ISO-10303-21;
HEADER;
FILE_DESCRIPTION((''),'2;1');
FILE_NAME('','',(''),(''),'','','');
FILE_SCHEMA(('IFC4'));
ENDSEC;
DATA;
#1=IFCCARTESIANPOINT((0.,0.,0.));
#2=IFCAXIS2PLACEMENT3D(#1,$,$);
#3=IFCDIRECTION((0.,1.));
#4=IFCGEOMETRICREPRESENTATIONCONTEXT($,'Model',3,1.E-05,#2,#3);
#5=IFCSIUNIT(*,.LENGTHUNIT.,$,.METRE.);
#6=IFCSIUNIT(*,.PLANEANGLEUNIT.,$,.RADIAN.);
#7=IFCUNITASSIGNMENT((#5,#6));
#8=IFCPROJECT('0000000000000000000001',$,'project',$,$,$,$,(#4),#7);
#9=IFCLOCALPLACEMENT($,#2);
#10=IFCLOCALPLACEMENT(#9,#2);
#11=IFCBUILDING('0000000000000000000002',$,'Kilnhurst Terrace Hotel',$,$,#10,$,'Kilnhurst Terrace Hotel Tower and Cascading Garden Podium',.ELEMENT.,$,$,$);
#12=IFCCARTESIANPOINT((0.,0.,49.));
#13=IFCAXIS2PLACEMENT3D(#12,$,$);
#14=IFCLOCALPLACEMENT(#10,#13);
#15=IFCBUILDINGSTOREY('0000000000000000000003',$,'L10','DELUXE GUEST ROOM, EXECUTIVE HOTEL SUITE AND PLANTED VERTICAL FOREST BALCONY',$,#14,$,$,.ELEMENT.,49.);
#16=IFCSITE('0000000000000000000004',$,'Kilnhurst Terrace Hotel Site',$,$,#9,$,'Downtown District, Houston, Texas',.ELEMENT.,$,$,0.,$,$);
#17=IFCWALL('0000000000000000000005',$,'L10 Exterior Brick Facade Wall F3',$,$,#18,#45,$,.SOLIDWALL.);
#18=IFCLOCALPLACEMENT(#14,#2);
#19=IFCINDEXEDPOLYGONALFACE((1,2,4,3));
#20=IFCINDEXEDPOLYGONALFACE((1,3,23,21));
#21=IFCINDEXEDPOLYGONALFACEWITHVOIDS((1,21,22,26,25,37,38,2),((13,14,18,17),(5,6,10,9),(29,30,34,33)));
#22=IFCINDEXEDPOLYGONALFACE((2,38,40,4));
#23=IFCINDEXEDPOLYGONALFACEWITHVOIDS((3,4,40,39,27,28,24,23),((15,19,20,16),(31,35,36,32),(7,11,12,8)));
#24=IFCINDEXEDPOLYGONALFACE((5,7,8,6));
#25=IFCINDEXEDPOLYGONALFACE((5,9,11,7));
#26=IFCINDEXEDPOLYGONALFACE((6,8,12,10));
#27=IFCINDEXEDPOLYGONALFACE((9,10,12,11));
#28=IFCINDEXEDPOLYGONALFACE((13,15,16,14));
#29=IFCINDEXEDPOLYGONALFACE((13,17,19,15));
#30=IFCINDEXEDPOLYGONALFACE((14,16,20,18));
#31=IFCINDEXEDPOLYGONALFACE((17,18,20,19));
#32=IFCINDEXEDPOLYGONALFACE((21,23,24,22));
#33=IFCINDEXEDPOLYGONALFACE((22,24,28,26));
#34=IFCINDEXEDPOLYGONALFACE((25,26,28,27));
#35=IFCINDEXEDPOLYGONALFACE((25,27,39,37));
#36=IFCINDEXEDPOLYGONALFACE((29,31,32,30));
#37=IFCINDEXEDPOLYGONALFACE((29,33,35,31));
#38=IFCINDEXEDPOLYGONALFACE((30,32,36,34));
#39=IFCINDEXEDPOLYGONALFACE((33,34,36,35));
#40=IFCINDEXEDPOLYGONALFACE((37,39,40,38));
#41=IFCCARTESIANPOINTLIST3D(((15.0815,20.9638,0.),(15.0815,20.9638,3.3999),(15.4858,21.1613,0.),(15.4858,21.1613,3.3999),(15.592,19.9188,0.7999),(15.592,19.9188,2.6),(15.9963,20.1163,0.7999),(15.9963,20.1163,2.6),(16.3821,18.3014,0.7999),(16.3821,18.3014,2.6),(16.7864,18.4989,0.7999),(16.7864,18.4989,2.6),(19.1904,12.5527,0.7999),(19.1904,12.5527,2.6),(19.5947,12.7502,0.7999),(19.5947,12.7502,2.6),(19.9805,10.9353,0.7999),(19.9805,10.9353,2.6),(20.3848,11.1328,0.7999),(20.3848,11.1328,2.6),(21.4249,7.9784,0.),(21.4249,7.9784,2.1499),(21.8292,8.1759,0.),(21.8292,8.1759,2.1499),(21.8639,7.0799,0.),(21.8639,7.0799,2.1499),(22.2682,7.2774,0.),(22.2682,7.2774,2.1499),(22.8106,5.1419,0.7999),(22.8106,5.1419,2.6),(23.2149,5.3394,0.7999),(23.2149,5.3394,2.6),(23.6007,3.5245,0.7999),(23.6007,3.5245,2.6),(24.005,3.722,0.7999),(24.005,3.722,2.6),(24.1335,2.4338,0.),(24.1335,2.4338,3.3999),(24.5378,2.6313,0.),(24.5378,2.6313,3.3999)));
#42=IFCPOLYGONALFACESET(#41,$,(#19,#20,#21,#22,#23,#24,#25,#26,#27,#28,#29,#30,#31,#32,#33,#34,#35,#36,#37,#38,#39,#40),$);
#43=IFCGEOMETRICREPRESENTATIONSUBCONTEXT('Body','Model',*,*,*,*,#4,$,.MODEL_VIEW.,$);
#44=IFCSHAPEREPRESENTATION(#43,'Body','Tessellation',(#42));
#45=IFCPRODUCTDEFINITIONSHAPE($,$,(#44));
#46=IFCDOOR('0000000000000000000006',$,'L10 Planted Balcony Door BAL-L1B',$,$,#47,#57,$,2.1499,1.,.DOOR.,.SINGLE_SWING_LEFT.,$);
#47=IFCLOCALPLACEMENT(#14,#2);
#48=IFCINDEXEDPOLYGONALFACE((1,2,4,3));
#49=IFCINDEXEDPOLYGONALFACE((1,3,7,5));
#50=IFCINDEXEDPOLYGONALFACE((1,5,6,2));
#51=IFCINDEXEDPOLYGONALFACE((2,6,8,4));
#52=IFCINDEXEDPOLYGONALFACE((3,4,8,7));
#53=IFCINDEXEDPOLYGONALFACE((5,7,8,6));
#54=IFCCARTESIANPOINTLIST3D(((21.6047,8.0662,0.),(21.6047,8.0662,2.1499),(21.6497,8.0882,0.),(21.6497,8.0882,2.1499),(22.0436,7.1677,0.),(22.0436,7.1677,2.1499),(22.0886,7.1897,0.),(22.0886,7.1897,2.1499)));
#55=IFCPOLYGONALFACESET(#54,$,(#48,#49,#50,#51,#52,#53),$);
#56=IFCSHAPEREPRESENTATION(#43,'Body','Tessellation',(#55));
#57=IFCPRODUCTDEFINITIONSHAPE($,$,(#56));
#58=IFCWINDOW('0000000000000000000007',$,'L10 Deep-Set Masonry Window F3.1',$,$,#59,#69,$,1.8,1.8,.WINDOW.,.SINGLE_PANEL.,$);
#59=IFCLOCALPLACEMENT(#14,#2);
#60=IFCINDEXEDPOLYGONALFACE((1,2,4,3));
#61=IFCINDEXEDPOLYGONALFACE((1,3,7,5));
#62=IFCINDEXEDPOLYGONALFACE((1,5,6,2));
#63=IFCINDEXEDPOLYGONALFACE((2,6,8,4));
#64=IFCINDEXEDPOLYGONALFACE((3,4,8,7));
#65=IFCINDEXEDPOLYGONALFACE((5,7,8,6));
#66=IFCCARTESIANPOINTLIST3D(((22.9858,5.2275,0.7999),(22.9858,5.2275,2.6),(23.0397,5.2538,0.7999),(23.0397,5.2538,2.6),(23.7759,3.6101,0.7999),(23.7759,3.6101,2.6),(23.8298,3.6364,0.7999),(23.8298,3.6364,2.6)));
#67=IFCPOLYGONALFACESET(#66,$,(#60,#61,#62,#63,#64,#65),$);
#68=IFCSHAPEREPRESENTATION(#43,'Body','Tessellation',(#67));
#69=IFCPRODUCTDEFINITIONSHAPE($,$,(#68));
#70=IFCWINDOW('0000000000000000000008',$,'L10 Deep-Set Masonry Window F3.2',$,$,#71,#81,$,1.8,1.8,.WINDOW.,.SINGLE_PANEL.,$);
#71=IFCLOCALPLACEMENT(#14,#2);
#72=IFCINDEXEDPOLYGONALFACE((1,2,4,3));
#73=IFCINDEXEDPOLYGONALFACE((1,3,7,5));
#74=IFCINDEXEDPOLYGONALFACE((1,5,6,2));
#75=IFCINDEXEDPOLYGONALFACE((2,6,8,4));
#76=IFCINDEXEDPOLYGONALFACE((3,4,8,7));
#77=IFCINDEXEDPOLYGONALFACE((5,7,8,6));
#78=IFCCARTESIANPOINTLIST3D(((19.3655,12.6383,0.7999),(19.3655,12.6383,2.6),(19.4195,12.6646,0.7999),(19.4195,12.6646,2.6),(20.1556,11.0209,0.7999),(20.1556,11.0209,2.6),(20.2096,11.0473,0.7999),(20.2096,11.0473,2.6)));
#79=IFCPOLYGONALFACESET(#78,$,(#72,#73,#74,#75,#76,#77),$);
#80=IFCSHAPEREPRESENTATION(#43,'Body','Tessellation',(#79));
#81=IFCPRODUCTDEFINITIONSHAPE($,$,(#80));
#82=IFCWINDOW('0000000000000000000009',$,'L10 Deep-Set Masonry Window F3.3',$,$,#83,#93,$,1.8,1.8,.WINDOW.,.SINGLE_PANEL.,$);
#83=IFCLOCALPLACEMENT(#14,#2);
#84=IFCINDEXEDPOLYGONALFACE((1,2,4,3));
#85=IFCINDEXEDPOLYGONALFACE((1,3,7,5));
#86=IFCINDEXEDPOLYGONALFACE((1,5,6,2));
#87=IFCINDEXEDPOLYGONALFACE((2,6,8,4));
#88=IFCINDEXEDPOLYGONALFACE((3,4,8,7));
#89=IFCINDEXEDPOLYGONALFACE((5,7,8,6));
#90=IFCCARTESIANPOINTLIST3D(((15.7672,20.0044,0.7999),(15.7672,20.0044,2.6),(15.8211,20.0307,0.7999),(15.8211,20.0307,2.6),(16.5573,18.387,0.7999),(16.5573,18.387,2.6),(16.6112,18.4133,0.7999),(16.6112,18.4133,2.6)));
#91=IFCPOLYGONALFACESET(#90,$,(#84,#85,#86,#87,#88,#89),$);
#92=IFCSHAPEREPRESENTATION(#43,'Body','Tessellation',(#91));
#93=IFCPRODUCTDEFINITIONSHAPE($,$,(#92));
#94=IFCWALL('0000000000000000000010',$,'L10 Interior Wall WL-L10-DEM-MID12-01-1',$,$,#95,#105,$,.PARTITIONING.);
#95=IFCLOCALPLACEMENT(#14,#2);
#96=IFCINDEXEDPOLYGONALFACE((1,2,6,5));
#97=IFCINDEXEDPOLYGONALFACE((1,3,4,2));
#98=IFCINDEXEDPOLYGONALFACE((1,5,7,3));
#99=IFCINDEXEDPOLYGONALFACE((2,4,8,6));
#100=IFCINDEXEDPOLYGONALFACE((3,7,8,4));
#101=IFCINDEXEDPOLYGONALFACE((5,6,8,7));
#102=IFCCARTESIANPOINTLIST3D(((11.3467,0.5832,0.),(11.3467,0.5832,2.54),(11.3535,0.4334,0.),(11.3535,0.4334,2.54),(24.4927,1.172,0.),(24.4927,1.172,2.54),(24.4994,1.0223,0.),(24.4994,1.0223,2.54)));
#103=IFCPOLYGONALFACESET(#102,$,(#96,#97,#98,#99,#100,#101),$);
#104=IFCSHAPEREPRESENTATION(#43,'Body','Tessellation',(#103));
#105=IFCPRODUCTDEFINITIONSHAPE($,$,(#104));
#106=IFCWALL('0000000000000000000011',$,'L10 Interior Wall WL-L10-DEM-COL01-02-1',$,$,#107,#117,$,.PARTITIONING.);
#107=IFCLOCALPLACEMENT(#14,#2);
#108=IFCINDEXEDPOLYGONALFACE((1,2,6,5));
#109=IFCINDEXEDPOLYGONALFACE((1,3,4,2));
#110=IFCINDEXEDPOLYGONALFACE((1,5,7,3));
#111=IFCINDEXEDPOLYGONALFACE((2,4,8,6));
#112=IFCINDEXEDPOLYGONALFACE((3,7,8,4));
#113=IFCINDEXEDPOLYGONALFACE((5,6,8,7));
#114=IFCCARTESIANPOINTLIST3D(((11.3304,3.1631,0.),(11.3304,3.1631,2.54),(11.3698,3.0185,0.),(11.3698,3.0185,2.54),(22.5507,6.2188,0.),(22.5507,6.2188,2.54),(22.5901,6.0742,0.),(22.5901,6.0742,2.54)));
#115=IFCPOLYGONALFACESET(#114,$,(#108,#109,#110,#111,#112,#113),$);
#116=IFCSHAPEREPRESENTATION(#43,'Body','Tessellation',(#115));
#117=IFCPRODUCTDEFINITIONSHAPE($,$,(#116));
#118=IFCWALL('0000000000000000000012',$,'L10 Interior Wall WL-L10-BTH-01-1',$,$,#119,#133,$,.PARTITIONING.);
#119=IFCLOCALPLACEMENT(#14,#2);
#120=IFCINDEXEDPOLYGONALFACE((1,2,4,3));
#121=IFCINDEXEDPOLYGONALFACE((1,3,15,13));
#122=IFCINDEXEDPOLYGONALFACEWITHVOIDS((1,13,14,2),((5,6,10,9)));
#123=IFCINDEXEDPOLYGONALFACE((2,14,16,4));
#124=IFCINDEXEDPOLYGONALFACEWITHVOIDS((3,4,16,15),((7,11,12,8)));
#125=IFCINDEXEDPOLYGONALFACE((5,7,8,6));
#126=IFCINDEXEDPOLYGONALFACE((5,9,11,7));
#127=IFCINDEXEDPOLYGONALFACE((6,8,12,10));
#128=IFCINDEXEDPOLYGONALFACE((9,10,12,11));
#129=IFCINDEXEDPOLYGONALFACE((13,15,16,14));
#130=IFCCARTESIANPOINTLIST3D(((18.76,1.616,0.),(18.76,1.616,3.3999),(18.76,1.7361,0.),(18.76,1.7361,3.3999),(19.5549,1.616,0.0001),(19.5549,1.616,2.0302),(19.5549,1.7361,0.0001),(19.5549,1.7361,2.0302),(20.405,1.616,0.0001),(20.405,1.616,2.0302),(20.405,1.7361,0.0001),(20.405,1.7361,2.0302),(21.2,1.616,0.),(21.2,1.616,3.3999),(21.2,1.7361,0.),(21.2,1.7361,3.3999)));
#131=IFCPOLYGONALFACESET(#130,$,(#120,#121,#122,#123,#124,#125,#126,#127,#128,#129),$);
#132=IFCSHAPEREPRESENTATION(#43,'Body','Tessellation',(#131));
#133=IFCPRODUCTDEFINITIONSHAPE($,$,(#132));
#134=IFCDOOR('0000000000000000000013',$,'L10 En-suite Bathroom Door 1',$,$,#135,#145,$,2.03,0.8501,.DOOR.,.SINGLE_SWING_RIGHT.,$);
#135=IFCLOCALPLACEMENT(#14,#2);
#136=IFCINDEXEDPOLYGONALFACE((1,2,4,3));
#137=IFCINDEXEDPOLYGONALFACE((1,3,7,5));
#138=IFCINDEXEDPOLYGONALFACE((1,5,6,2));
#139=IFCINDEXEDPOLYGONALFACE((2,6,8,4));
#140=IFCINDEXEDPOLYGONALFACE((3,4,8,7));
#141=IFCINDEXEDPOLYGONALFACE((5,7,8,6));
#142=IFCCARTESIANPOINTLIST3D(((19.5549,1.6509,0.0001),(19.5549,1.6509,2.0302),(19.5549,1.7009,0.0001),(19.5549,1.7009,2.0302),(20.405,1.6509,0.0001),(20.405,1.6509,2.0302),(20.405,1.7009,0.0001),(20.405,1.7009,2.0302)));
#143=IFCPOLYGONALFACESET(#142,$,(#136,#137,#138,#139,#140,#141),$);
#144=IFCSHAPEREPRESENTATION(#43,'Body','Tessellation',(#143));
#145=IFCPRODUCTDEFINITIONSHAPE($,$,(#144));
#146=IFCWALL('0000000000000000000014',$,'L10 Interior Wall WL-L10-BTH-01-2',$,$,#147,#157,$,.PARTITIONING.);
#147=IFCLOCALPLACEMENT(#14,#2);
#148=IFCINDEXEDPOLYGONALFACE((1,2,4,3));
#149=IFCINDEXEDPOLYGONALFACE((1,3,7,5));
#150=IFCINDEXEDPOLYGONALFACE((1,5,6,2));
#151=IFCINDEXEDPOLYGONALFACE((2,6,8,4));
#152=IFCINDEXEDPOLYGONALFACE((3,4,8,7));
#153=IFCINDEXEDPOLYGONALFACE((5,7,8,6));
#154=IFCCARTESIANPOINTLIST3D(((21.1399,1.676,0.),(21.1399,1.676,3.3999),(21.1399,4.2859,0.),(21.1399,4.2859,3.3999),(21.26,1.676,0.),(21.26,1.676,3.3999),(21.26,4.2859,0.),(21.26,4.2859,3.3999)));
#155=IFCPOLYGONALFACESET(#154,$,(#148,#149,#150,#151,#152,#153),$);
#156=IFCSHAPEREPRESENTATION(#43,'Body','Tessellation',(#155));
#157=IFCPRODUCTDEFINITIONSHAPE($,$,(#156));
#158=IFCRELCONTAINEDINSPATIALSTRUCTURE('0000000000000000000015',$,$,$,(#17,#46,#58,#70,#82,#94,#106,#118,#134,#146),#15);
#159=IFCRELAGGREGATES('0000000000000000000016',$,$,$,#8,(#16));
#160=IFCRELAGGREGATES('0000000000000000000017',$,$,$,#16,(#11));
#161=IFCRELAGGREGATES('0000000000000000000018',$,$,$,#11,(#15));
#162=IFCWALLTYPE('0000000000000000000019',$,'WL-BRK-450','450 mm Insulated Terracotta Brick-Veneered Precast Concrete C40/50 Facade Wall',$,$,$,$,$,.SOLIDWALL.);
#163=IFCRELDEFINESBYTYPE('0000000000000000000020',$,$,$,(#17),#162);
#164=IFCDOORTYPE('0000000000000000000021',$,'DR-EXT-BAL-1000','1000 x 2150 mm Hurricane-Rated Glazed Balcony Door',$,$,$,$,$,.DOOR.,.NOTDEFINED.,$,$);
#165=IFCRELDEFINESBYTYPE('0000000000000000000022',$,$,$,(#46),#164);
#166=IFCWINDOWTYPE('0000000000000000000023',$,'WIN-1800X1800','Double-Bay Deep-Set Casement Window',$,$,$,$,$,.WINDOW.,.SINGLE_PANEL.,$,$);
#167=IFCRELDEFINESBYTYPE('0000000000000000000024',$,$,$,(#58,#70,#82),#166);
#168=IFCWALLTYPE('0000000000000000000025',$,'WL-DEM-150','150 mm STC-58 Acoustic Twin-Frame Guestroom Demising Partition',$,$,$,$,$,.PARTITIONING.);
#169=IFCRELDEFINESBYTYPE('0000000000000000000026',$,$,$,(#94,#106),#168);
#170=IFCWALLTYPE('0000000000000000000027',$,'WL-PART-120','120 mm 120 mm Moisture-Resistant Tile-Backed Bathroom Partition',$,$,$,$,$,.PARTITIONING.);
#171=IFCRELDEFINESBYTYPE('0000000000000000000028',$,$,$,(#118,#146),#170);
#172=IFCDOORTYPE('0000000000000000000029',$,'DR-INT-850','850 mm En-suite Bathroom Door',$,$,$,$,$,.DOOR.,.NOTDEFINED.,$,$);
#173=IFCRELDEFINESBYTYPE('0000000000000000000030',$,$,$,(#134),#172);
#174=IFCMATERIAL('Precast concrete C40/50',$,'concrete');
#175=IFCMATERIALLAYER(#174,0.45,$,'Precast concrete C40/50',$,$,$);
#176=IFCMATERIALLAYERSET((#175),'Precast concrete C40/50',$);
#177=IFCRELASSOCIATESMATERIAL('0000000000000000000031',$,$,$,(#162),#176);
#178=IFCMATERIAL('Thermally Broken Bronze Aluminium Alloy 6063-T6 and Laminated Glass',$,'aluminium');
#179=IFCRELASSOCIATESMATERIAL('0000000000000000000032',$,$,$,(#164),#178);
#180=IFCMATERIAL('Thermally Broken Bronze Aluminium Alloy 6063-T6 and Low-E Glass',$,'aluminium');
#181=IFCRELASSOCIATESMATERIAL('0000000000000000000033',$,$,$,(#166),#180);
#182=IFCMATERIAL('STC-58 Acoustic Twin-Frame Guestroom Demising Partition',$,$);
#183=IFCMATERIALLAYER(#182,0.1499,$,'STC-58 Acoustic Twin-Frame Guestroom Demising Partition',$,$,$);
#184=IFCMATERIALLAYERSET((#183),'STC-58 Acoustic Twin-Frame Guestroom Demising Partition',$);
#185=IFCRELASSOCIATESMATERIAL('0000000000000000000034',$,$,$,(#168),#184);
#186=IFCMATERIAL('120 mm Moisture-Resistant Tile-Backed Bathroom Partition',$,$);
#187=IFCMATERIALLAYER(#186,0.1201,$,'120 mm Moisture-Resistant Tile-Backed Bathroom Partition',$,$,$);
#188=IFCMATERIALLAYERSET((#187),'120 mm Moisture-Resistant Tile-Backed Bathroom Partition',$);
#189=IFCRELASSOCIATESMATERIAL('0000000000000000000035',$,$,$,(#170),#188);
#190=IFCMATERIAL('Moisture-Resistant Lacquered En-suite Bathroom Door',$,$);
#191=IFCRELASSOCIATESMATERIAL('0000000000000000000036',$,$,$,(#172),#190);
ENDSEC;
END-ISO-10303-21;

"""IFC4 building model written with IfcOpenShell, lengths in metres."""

from ifc_helpers import new_model, si_unit, direction, frame, frame_2d, origin, place, context, subcontext, project, spatial, rectangle, extrude, material, layer, layer_set, type_object, element, fill, save


model = new_model("IFC4")

# Units and contexts
model_context = context("Model", 3, precision=1e-05, world=origin(), true_north=direction((0.0, 1.0)))
body_context = subcontext(model_context, "Body", "Model", "MODEL_VIEW")
ifc_project = project(units=[si_unit("LENGTHUNIT", "METRE"), si_unit("PLANEANGLEUNIT", "RADIAN")], contexts=[model_context])

# Site, building, storey
site_placement = place(None, origin())
site = spatial("IfcSite", under=ifc_project, at=site_placement, Name="Kilnhurst Terrace Hotel Site", LongName="Downtown District, Houston, Texas", CompositionType="ELEMENT", RefElevation=0.0)
building_placement = place(site_placement, origin())
building = spatial("IfcBuilding", under=site, at=building_placement, Name="Kilnhurst Terrace Hotel", LongName="Kilnhurst Terrace Hotel Tower and Cascading Garden Podium", CompositionType="ELEMENT")
storey_placement = place(building_placement, frame((0.0, 0.0, 49.0)))
storey = spatial("IfcBuildingStorey", under=building, at=storey_placement, Name="L10", Description="DELUXE GUEST ROOM, EXECUTIVE HOTEL SUITE AND PLANTED VERTICAL FOREST BALCONY", CompositionType="ELEMENT", Elevation=49.0)

# Shared definitions
ifc_material_1 = material(Name="Precast concrete C40/50", Category="concrete")
ifc_layer_1 = layer(ifc_material_1, 0.45, Name="Precast concrete C40/50")
ifc_layer_set_1 = layer_set([ifc_layer_1], Name="Precast concrete C40/50")
wall_type_1 = type_object("IfcWallType", Name="WL-BRK-450", Description="450 mm Insulated Terracotta Brick-Veneered Precast Concrete C40/50 Facade Wall", PredefinedType="SOLIDWALL", material=ifc_layer_set_1)

# Wall, openings, door, windows
wall_1_placement = place(storey_placement, frame((24.3357, 2.5325, 0.0), z_axis=(0.0, 0.0, 1.0), x_axis=(-0.438931, 0.898521, 0.0)))
wall_1 = element("IfcWall", 1, at=wall_1_placement, inside=storey, type_object=wall_type_1, Name="L10 Exterior Brick Facade Wall F3", PredefinedType="SOLIDWALL", context=body_context, shape_type="SweptSolid", body=[
    extrude(rectangle(XDim=20.6228, YDim=0.45, at=frame_2d((10.3115, 0.0))), origin(), (0.0, 0.0, 1.0), 3.3999),
])
opening_1_placement = place(wall_1_placement, frame((5.1709, 0.0, 0.0)))
opening_1 = element("IfcOpeningElement", 2, at=opening_1_placement, cuts=wall_1, PredefinedType="OPENING", context=body_context, shape_type="SweptSolid", body=[
    extrude(rectangle(XDim=1.0, YDim=2.1499, at=frame_2d((0.5, 1.075))), frame((0.0, 0.2349, 0.0), z_axis=(0.0, -1.0, 0.0), x_axis=(1.0, 0.0, 0.0)), (0.0, 0.0, 1.0), 0.47),
])
opening_2_placement = place(wall_1_placement, frame((1.2141, 0.0, 0.8)))
opening_2 = element("IfcOpeningElement", 3, at=opening_2_placement, cuts=wall_1, PredefinedType="OPENING", context=body_context, shape_type="SweptSolid", body=[
    extrude(rectangle(XDim=1.8, YDim=1.8, at=frame_2d((0.8999, 0.8999))), frame((0.0, 0.2349, 0.0), z_axis=(0.0, -1.0, 0.0), x_axis=(1.0, 0.0, 0.0)), (0.0, 0.0, 1.0), 0.47),
])
opening_3_placement = place(wall_1_placement, frame((9.4619, 0.0, 0.8)))
opening_3 = element("IfcOpeningElement", 4, at=opening_3_placement, cuts=wall_1, PredefinedType="OPENING", context=body_context, shape_type="SweptSolid", body=[
    extrude(rectangle(XDim=1.8, YDim=1.8, at=frame_2d((0.8999, 0.8999))), frame((0.0, 0.2349, 0.0), z_axis=(0.0, -1.0, 0.0), x_axis=(1.0, 0.0, 0.0)), (0.0, 0.0, 1.0), 0.47),
])
opening_4_placement = place(wall_1_placement, frame((17.6599, 0.0, 0.8)))
opening_4 = element("IfcOpeningElement", 5, at=opening_4_placement, cuts=wall_1, PredefinedType="OPENING", context=body_context, shape_type="SweptSolid", body=[
    extrude(rectangle(XDim=1.8, YDim=1.8, at=frame_2d((0.8999, 0.8999))), frame((0.0, 0.2349, 0.0), z_axis=(0.0, -1.0, 0.0), x_axis=(1.0, 0.0, 0.0)), (0.0, 0.0, 1.0), 0.47),
])
ifc_material_2 = material(Name="Thermally Broken Bronze Aluminium Alloy 6063-T6 and Laminated Glass", Category="aluminium")
door_type_1 = type_object("IfcDoorType", Name="DR-EXT-BAL-1000", Description="1000 x 2150 mm Hurricane-Rated Glazed Balcony Door", OperationType="NOTDEFINED", PredefinedType="DOOR", material=ifc_material_2)
door_1_placement = place(opening_1_placement, origin())
door_1 = element("IfcDoor", 6, at=door_1_placement, inside=storey, type_object=door_type_1, Name="L10 Planted Balcony Door BAL-L1B", OperationType="SINGLE_SWING_LEFT", OverallHeight=2.1499, OverallWidth=1.0, PredefinedType="DOOR", context=body_context, shape_type="SweptSolid", body=[
    extrude(rectangle(XDim=1.0, YDim=2.1499, at=frame_2d((0.5, 1.075))), frame((0.0, 0.0249, 0.0), z_axis=(0.0, -1.0, 0.0), x_axis=(1.0, 0.0, 0.0)), (0.0, 0.0, 1.0), 0.05),
])
fill(opening_1, door_1)
ifc_material_3 = material(Name="Thermally Broken Bronze Aluminium Alloy 6063-T6 and Low-E Glass", Category="aluminium")
window_type = type_object("IfcWindowType", Name="WIN-1800X1800", Description="Double-Bay Deep-Set Casement Window", PartitioningType="SINGLE_PANEL", PredefinedType="WINDOW", material=ifc_material_3)
window_1_placement = place(opening_2_placement, origin())
window_1 = element("IfcWindow", 7, at=window_1_placement, inside=storey, type_object=window_type, Name="L10 Deep-Set Masonry Window F3.1", OverallHeight=1.8, OverallWidth=1.8, PartitioningType="SINGLE_PANEL", PredefinedType="WINDOW", context=body_context, shape_type="SweptSolid", body=[
    extrude(rectangle(XDim=1.8, YDim=1.8, at=frame_2d((0.8999, 0.8999))), frame((0.0, 0.03, 0.0), z_axis=(0.0, -1.0, 0.0), x_axis=(1.0, 0.0, 0.0)), (0.0, 0.0, 1.0), 0.0601),
])
fill(opening_2, window_1)
window_2_placement = place(opening_3_placement, origin())
window_2 = element("IfcWindow", 8, at=window_2_placement, inside=storey, type_object=window_type, Name="L10 Deep-Set Masonry Window F3.2", OverallHeight=1.8, OverallWidth=1.8, PartitioningType="SINGLE_PANEL", PredefinedType="WINDOW", context=body_context, shape_type="SweptSolid", body=[
    extrude(rectangle(XDim=1.8, YDim=1.8, at=frame_2d((0.8999, 0.8999))), frame((0.0, 0.03, 0.0), z_axis=(0.0, -1.0, 0.0), x_axis=(1.0, 0.0, 0.0)), (0.0, 0.0, 1.0), 0.0601),
])
fill(opening_3, window_2)
window_3_placement = place(opening_4_placement, origin())
window_3 = element("IfcWindow", 9, at=window_3_placement, inside=storey, type_object=window_type, Name="L10 Deep-Set Masonry Window F3.3", OverallHeight=1.8, OverallWidth=1.8, PartitioningType="SINGLE_PANEL", PredefinedType="WINDOW", context=body_context, shape_type="SweptSolid", body=[
    extrude(rectangle(XDim=1.8, YDim=1.8, at=frame_2d((0.8999, 0.8999))), frame((0.0, 0.03, 0.0), z_axis=(0.0, -1.0, 0.0), x_axis=(1.0, 0.0, 0.0)), (0.0, 0.0, 1.0), 0.0601),
])
fill(opening_4, window_3)

# Walls
ifc_material_4 = material(Name="STC-58 Acoustic Twin-Frame Guestroom Demising Partition")
ifc_layer_2 = layer(ifc_material_4, 0.1499, Name="STC-58 Acoustic Twin-Frame Guestroom Demising Partition")
ifc_layer_set_2 = layer_set([ifc_layer_2], Name="STC-58 Acoustic Twin-Frame Guestroom Demising Partition")
wall_type_2 = type_object("IfcWallType", Name="WL-DEM-150", Description="150 mm STC-58 Acoustic Twin-Frame Guestroom Demising Partition", PredefinedType="PARTITIONING", material=ifc_layer_set_2)
wall_2_placement = place(storey_placement, frame((11.3501, 0.5083, 0.0), z_axis=(0.0, 0.0, 1.0), x_axis=(0.998998, 0.04475, 0.0)))
element("IfcWall", 10, at=wall_2_placement, inside=storey, type_object=wall_type_2, Name="L10 Interior Wall WL-L10-DEM-MID12-01-1", PredefinedType="PARTITIONING", context=body_context, shape_type="SweptSolid", body=[
    extrude(rectangle(XDim=13.1592, YDim=0.1499, at=frame_2d((6.5796, 0.0))), origin(), (0.0, 0.0, 1.0), 2.54),
])
wall_3_placement = place(storey_placement, frame((11.3501, 3.0908, 0.0), z_axis=(0.0, 0.0, 1.0), x_axis=(0.96486, 0.262766, 0.0)))
element("IfcWall", 11, at=wall_3_placement, inside=storey, type_object=wall_type_2, Name="L10 Interior Wall WL-L10-DEM-COL01-02-1", PredefinedType="PARTITIONING", context=body_context, shape_type="SweptSolid", body=[
    extrude(rectangle(XDim=11.6289, YDim=0.1499, at=frame_2d((5.8145, 0.0))), origin(), (0.0, 0.0, 1.0), 2.54),
])

# Wall, opening, door
ifc_material_5 = material(Name="120 mm Moisture-Resistant Tile-Backed Bathroom Partition")
ifc_layer_3 = layer(ifc_material_5, 0.1201, Name="120 mm Moisture-Resistant Tile-Backed Bathroom Partition")
ifc_layer_set_3 = layer_set([ifc_layer_3], Name="120 mm Moisture-Resistant Tile-Backed Bathroom Partition")
wall_type_3 = type_object("IfcWallType", Name="WL-PART-120", Description="120 mm 120 mm Moisture-Resistant Tile-Backed Bathroom Partition", PredefinedType="PARTITIONING", material=ifc_layer_set_3)
wall_4_placement = place(storey_placement, frame((18.76, 1.676, 0.0), z_axis=(0.0, 0.0, 1.0), x_axis=(1.0, 0.0, 0.0)))
wall_4 = element("IfcWall", 12, at=wall_4_placement, inside=storey, type_object=wall_type_3, Name="L10 Interior Wall WL-L10-BTH-01-1", PredefinedType="PARTITIONING", context=body_context, shape_type="SweptSolid", body=[
    extrude(rectangle(XDim=2.4399, YDim=0.1201, at=frame_2d((1.22, 0.0))), origin(), (0.0, 0.0, 1.0), 3.3999),
])
opening_5_placement = place(wall_4_placement, frame((0.7949, 0.0, 0.0)))
opening_5 = element("IfcOpeningElement", 13, at=opening_5_placement, cuts=wall_4, PredefinedType="OPENING", context=body_context, shape_type="SweptSolid", body=[
    extrude(rectangle(XDim=0.8501, YDim=2.03, at=frame_2d((0.425, 1.0151))), frame((0.0, 0.0701, 0.0), z_axis=(0.0, -1.0, 0.0), x_axis=(1.0, 0.0, 0.0)), (0.0, 0.0, 1.0), 0.1401),
])
ifc_material_6 = material(Name="Moisture-Resistant Lacquered En-suite Bathroom Door")
door_type_2 = type_object("IfcDoorType", Name="DR-INT-850", Description="850 mm En-suite Bathroom Door", OperationType="NOTDEFINED", PredefinedType="DOOR", material=ifc_material_6)
door_2_placement = place(opening_5_placement, origin())
door_2 = element("IfcDoor", 14, at=door_2_placement, inside=storey, type_object=door_type_2, Name="L10 En-suite Bathroom Door 1", OperationType="SINGLE_SWING_RIGHT", OverallHeight=2.03, OverallWidth=0.8501, PredefinedType="DOOR", context=body_context, shape_type="SweptSolid", body=[
    extrude(rectangle(XDim=0.8501, YDim=2.03, at=frame_2d((0.425, 1.0151))), frame((0.0, 0.0249, 0.0), z_axis=(0.0, -1.0, 0.0), x_axis=(1.0, 0.0, 0.0)), (0.0, 0.0, 1.0), 0.05),
])
fill(opening_5, door_2)

# Wall
wall_5_placement = place(storey_placement, frame((21.2, 1.676, 0.0), z_axis=(0.0, 0.0, 1.0), x_axis=(0.0, 1.0, 0.0)))
element("IfcWall", 15, at=wall_5_placement, inside=storey, type_object=wall_type_3, Name="L10 Interior Wall WL-L10-BTH-01-2", PredefinedType="PARTITIONING", context=body_context, shape_type="SweptSolid", body=[
    extrude(rectangle(XDim=2.6099, YDim=0.1201, at=frame_2d((1.3049, 0.0))), origin(), (0.0, 0.0, 1.0), 3.3999),
])

save(model, "model.ifc")
